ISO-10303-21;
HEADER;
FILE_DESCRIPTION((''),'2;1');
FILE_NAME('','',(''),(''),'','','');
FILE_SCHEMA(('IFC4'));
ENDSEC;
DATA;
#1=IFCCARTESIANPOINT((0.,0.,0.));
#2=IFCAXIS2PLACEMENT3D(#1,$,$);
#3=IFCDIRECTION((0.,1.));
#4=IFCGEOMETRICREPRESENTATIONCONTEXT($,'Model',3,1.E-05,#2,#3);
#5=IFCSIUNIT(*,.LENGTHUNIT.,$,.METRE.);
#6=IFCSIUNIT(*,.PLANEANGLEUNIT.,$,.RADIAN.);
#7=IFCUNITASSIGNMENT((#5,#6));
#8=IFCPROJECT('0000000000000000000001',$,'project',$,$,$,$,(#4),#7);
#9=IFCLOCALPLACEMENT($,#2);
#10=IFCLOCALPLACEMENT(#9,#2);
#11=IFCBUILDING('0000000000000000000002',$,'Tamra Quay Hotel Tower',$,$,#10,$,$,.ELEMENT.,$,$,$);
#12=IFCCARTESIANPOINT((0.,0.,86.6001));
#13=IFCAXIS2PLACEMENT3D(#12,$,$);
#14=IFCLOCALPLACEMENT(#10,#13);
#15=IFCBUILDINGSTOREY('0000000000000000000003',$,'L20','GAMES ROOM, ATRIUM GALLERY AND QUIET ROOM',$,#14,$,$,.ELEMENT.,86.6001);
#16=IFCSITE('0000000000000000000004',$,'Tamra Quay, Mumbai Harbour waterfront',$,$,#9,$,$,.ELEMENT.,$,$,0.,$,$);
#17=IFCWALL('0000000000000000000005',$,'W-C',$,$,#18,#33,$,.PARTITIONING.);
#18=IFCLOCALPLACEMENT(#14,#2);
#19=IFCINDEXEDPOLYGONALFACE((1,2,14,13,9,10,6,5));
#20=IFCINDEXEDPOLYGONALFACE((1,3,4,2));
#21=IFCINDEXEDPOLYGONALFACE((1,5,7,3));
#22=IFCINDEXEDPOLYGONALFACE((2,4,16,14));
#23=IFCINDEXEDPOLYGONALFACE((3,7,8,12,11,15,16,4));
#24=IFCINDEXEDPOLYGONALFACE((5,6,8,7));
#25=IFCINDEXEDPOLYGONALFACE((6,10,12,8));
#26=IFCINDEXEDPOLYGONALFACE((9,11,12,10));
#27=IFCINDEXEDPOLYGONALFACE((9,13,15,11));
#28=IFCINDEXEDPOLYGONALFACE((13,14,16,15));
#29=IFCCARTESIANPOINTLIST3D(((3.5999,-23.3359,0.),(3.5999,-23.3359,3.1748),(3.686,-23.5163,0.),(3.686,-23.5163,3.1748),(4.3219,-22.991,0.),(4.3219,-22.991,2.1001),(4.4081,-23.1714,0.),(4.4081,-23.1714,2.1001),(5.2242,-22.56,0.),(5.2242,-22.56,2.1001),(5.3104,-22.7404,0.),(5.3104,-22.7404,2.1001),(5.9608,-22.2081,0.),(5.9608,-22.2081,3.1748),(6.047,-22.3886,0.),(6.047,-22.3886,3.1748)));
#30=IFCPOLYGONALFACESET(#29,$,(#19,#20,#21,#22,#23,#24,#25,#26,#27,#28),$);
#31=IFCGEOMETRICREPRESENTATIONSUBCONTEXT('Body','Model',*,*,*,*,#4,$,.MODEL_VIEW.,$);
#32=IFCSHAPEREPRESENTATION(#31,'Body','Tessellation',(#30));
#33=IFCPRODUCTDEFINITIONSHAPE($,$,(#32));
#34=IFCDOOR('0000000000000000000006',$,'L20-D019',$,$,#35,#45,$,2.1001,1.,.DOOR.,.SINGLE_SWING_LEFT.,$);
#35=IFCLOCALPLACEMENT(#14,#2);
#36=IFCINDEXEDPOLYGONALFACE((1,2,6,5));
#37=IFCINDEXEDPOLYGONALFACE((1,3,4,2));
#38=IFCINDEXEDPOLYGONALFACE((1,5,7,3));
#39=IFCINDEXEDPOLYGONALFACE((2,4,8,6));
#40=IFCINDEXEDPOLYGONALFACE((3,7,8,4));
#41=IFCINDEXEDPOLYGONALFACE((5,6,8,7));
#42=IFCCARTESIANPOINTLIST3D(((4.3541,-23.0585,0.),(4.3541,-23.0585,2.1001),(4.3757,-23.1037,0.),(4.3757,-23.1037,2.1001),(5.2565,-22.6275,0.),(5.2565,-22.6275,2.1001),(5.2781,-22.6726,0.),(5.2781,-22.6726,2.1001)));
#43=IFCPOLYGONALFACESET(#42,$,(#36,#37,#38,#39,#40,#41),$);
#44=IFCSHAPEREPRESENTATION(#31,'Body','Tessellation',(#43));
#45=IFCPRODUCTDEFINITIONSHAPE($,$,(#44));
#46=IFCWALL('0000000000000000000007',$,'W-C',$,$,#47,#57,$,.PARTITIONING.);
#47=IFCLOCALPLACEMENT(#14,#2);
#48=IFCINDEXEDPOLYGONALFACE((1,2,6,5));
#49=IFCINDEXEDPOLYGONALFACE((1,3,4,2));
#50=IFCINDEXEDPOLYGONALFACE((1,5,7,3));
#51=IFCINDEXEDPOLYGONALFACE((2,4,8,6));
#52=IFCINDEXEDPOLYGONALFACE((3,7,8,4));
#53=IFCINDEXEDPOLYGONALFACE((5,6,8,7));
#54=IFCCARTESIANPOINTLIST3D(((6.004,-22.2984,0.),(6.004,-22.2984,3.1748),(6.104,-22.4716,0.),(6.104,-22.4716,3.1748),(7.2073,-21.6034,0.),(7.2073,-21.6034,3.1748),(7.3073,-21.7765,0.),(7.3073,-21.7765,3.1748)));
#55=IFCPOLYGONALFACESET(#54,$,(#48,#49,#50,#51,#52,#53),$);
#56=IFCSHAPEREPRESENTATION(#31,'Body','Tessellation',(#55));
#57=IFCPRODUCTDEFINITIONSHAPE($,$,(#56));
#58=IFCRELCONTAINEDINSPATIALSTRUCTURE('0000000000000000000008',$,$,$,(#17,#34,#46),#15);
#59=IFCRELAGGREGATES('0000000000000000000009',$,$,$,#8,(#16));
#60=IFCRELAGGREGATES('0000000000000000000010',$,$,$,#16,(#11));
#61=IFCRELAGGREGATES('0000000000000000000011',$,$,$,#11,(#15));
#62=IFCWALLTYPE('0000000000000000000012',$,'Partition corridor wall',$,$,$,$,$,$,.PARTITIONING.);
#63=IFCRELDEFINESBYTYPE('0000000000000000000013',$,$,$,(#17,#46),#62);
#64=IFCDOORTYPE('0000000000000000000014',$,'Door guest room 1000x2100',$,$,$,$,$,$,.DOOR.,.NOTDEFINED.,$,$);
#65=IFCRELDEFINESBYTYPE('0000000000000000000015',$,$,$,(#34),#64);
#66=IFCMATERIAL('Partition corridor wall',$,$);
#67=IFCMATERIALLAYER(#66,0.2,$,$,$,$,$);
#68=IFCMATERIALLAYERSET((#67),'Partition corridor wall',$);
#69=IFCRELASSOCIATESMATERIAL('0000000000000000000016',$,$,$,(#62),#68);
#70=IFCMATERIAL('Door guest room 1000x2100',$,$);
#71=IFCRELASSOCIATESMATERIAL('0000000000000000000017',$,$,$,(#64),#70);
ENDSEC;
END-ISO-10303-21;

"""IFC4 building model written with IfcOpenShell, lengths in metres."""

from ifc_helpers import new_model, si_unit, direction, frame, frame_2d, origin, place, context, subcontext, project, spatial, rectangle, extrude, material, layer, layer_set, type_object, element, fill, save


model = new_model("IFC4")

# Units and contexts
model_context = context("Model", 3, precision=1e-05, world=origin(), true_north=direction((0.0, 1.0)))
body_context = subcontext(model_context, "Body", "Model", "MODEL_VIEW")
ifc_project = project(units=[si_unit("LENGTHUNIT", "METRE"), si_unit("PLANEANGLEUNIT", "RADIAN")], contexts=[model_context])

# Site, building, storey
site_placement = place(None, origin())
site = spatial("IfcSite", under=ifc_project, at=site_placement, Name="Tamra Quay, Mumbai Harbour waterfront", CompositionType="ELEMENT", RefElevation=0.0)
building_placement = place(site_placement, origin())
building = spatial("IfcBuilding", under=site, at=building_placement, Name="Tamra Quay Hotel Tower", CompositionType="ELEMENT")
storey_placement = place(building_placement, frame((0.0, 0.0, 86.6001)))
storey = spatial("IfcBuildingStorey", under=building, at=storey_placement, Name="L20", Description="GAMES ROOM, ATRIUM GALLERY AND QUIET ROOM", CompositionType="ELEMENT", Elevation=86.6001)

# Wall, opening, door
ifc_material_1 = material(Name="Partition corridor wall")
ifc_layer_1 = layer(ifc_material_1, 0.2)
ifc_layer_set_1 = layer_set([ifc_layer_1], Name="Partition corridor wall")
wall_type_1 = type_object("IfcWallType", Name="Partition corridor wall", PredefinedType="PARTITIONING", material=ifc_layer_set_1)
wall_1_placement = place(storey_placement, frame((3.6431, -23.426, 0.0), z_axis=(0.0, 0.0, 1.0), x_axis=(0.902344, 0.431016, 0.0)))
wall_1 = element("IfcWall", 1, at=wall_1_placement, inside=storey, type_object=wall_type_1, Name="W-C", PredefinedType="PARTITIONING", context=body_context, shape_type="SweptSolid", body=[
    extrude(rectangle(XDim=2.6165, YDim=0.2, at=frame_2d((1.3081, 0.0))), origin(), (0.0, 0.0, 1.0), 3.1748),
])
opening_1_placement = place(wall_1_placement, frame((0.8, 0.0, 0.0)))
opening_1 = element("IfcOpeningElement", 2, at=opening_1_placement, cuts=wall_1, PredefinedType="OPENING", context=body_context, shape_type="SweptSolid", body=[
    extrude(rectangle(XDim=1.0, YDim=2.1001, at=frame_2d((0.5, 1.05))), frame((0.0, 0.1099, 0.0), z_axis=(0.0, -1.0, 0.0), x_axis=(1.0, 0.0, 0.0)), (0.0, 0.0, 1.0), 0.22),
])
ifc_material_2 = material(Name="Door guest room 1000x2100")
door_type_1 = type_object("IfcDoorType", Name="Door guest room 1000x2100", OperationType="NOTDEFINED", PredefinedType="DOOR", material=ifc_material_2)
door_1_placement = place(opening_1_placement, frame((1.0, 0.0, 0.0), z_axis=(0.0, 0.0, 1.0), x_axis=(-1.0, 0.0, 0.0)))
door_1 = element("IfcDoor", 3, at=door_1_placement, inside=storey, type_object=door_type_1, Name="L20-D019", OperationType="SINGLE_SWING_LEFT", OverallHeight=2.1001, OverallWidth=1.0, PredefinedType="DOOR", context=body_context, shape_type="SweptSolid", body=[
    extrude(rectangle(XDim=1.0, YDim=2.1001, at=frame_2d((0.5, 1.05))), frame((0.0, 0.0249, 0.0), z_axis=(0.0, -1.0, 0.0), x_axis=(1.0, 0.0, 0.0)), (0.0, 0.0, 1.0), 0.05),
])
fill(opening_1, door_1)

# Wall
wall_2_placement = place(storey_placement, frame((6.054, -22.385, 0.0), z_axis=(0.0, 0.0, 1.0), x_axis=(0.865931, 0.500163, 0.0)))
element("IfcWall", 4, at=wall_2_placement, inside=storey, type_object=wall_type_1, Name="W-C", PredefinedType="PARTITIONING", context=body_context, shape_type="SweptSolid", body=[
    extrude(rectangle(XDim=1.3896, YDim=0.2, at=frame_2d((0.6948, 0.0))), origin(), (0.0, 0.0, 1.0), 3.1748),
])

save(model, "model.ifc")
